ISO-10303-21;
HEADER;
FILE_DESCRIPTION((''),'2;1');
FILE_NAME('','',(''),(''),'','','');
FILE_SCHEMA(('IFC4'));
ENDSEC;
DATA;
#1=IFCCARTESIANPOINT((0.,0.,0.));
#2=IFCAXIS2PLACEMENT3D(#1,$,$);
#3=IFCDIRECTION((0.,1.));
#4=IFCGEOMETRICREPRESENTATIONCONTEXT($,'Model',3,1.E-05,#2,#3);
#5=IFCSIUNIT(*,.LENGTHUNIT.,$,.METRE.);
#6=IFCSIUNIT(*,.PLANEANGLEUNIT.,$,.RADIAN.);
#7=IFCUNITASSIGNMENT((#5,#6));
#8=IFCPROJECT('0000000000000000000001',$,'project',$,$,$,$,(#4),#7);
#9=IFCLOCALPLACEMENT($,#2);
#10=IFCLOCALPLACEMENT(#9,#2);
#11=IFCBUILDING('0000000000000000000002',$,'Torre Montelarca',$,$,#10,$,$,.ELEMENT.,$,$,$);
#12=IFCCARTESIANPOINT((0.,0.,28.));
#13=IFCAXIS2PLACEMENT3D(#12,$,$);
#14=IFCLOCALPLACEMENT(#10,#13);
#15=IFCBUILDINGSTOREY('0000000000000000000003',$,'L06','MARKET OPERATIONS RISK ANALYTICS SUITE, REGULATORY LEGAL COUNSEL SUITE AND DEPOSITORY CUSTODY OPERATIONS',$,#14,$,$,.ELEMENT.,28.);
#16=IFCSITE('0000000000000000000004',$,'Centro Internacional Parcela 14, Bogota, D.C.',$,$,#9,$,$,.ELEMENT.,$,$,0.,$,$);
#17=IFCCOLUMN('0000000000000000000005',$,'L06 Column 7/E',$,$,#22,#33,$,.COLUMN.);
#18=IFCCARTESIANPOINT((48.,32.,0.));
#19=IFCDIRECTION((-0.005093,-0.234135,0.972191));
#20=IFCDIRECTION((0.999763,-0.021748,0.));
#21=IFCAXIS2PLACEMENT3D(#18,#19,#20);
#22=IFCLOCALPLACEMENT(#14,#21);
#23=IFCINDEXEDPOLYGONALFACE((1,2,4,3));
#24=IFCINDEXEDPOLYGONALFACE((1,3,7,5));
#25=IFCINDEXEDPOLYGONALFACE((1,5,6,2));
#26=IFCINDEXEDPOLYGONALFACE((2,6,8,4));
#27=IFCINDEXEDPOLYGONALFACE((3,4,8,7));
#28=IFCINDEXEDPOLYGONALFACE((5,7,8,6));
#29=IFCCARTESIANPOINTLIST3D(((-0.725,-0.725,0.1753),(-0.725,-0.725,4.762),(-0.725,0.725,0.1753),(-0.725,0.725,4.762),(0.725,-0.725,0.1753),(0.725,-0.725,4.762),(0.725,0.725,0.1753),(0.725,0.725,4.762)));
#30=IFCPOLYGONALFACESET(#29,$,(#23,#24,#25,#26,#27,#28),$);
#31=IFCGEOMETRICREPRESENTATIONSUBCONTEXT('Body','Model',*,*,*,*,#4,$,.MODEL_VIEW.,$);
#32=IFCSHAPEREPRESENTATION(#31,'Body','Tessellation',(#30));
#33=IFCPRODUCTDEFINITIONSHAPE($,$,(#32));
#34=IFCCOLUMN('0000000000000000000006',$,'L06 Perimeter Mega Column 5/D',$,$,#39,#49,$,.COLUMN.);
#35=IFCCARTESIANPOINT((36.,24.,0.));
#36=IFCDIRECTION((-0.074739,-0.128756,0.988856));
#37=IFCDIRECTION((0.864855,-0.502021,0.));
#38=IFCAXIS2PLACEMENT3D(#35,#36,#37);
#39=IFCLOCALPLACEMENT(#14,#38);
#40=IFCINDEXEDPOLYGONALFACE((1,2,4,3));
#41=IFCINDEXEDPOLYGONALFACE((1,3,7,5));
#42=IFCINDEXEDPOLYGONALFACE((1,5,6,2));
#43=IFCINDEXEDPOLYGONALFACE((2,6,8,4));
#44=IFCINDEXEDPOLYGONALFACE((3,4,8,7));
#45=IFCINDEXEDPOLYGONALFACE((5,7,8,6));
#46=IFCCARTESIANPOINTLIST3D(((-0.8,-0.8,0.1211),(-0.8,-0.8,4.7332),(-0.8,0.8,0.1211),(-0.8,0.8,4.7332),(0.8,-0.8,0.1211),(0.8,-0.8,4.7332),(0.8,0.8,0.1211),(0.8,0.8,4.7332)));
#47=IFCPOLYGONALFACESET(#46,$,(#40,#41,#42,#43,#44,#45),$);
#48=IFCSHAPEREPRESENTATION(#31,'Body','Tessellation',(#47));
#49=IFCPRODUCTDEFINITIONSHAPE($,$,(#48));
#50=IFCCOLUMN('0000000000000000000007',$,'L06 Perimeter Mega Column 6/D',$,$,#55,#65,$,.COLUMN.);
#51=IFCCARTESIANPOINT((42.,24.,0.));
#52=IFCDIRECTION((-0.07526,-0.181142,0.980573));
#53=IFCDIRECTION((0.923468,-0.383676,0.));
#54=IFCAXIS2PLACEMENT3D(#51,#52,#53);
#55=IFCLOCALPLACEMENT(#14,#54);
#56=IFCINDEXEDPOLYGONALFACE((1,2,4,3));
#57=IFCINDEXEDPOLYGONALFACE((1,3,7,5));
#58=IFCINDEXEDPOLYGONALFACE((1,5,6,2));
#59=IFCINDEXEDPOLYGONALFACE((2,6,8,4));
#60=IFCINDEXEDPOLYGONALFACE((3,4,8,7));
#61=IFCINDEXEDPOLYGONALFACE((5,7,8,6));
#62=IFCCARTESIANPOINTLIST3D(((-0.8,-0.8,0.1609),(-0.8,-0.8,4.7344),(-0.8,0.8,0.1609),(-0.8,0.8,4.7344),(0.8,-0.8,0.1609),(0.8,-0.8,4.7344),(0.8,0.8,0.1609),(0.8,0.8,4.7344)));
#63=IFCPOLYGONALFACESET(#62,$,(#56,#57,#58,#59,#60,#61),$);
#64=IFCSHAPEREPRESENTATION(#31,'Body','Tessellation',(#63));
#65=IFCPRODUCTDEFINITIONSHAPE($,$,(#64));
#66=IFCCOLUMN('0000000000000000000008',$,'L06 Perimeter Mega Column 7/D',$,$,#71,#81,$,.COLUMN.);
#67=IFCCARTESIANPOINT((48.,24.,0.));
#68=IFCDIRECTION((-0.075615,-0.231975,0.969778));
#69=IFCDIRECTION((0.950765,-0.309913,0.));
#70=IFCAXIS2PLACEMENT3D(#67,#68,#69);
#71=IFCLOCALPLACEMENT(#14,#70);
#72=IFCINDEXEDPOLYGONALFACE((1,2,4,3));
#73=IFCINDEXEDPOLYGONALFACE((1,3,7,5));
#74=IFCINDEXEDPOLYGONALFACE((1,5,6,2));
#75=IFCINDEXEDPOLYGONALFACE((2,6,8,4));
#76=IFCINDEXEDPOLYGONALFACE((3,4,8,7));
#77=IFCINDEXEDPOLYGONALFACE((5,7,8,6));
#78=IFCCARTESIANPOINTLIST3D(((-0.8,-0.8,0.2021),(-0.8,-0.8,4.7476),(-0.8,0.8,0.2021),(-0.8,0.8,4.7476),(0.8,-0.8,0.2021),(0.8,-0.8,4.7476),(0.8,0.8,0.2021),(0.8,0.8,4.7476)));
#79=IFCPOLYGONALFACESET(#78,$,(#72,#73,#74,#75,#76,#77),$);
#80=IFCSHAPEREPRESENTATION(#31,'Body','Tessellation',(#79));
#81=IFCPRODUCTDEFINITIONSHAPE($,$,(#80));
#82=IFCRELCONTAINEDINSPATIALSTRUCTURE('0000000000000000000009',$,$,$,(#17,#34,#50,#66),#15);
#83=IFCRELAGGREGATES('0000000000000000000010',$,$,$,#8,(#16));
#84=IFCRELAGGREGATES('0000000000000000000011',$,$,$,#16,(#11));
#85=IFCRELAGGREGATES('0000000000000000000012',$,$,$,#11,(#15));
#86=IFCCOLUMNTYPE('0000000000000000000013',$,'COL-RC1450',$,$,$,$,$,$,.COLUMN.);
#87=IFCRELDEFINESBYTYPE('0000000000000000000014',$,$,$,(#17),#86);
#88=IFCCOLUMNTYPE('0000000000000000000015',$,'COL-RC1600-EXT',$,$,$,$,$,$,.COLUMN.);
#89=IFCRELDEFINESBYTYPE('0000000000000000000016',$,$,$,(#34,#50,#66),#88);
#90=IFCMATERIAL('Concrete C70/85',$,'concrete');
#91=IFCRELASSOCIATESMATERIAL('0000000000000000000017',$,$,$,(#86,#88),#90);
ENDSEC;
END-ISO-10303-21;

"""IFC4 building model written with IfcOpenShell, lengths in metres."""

from ifc_helpers import new_model, si_unit, direction, frame, origin, origin_2d, place, context, subcontext, project, spatial, rectangle, extrude, clip, halfspace, material, material_profile, profile_set, type_object, element, save


model = new_model("IFC4")

# Units and contexts
model_context = context("Model", 3, precision=1e-05, world=origin(), true_north=direction((0.0, 1.0)))
body_context = subcontext(model_context, "Body", "Model", "MODEL_VIEW")
ifc_project = project(units=[si_unit("LENGTHUNIT", "METRE"), si_unit("PLANEANGLEUNIT", "RADIAN")], contexts=[model_context])

# Site, building, storey
site_placement = place(None, origin())
site = spatial("IfcSite", under=ifc_project, at=site_placement, Name="Centro Internacional Parcela 14, Bogota, D.C.", CompositionType="ELEMENT", RefElevation=0.0)
building_placement = place(site_placement, origin())
building = spatial("IfcBuilding", under=site, at=building_placement, Name="Torre Montelarca", CompositionType="ELEMENT")
storey_placement = place(building_placement, frame((0.0, 0.0, 28.0)))
storey = spatial("IfcBuildingStorey", under=building, at=storey_placement, Name="L06", Description="MARKET OPERATIONS RISK ANALYTICS SUITE, REGULATORY LEGAL COUNSEL SUITE AND DEPOSITORY CUSTODY OPERATIONS", CompositionType="ELEMENT", Elevation=28.0)

# Columns
ifc_material_1 = material(Name="Concrete C70/85", Category="concrete")
ifc_material_profile_1 = material_profile(ifc_material_1, rectangle(XDim=1.45, YDim=1.45, at=origin_2d()), Name="RC1450X1450", Category="concrete")
ifc_profile_set_1 = profile_set([ifc_material_profile_1], Name="Concrete C70/85")
column_type_1 = type_object("IfcColumnType", Name="COL-RC1450", PredefinedType="COLUMN", material=ifc_profile_set_1)
column_1_placement = place(storey_placement, frame((48.0, 32.0, 0.0), z_axis=(-0.005093, -0.234135, 0.972191), x_axis=(0.999763, -0.021748, 0.0)))
element("IfcColumn", 1, at=column_1_placement, inside=storey, type_object=column_type_1, Name="L06 Column 7/E", PredefinedType="COLUMN", context=body_context, shape_type="Clipping", body=[
    clip(clip(extrude(rectangle(XDim=1.45, YDim=1.45, at=origin_2d()), origin(), (0.0, 0.0, 1.0), 4.9373), halfspace(frame((0.0, 0.0, 0.1753), z_axis=(0.0, 0.0, -1.0), x_axis=(1.0, 0.0, 0.0)), False)), halfspace(frame((0.0, 0.0, 4.762), z_axis=(0.0, 0.0, 1.0), x_axis=(1.0, 0.0, 0.0)), False)),
])
ifc_material_profile_2 = material_profile(ifc_material_1, rectangle(XDim=1.6001, YDim=1.6001, at=origin_2d()), Name="RC1600X1600", Category="concrete")
ifc_profile_set_2 = profile_set([ifc_material_profile_2], Name="Concrete C70/85")
column_type_2 = type_object("IfcColumnType", Name="COL-RC1600-EXT", PredefinedType="COLUMN", material=ifc_profile_set_2)
column_2_placement = place(storey_placement, frame((36.0, 24.0, 0.0), z_axis=(-0.074739, -0.128756, 0.988856), x_axis=(0.864855, -0.502021, 0.0)))
element("IfcColumn", 2, at=column_2_placement, inside=storey, type_object=column_type_2, Name="L06 Perimeter Mega Column 5/D", PredefinedType="COLUMN", context=body_context, shape_type="Clipping", body=[
    clip(clip(extrude(rectangle(XDim=1.6001, YDim=1.6001, at=origin_2d()), origin(), (0.0, 0.0, 1.0), 4.8542), halfspace(frame((0.0, 0.0, 0.1211), z_axis=(0.0, 0.0, -1.0), x_axis=(1.0, 0.0, 0.0)), False)), halfspace(frame((0.0, 0.0, 4.7332), z_axis=(0.0, 0.0, 1.0), x_axis=(1.0, 0.0, 0.0)), False)),
])
column_3_placement = place(storey_placement, frame((42.0, 24.0, 0.0), z_axis=(-0.07526, -0.181142, 0.980573), x_axis=(0.923468, -0.383676, 0.0)))
element("IfcColumn", 3, at=column_3_placement, inside=storey, type_object=column_type_2, Name="L06 Perimeter Mega Column 6/D", PredefinedType="COLUMN", context=body_context, shape_type="Clipping", body=[
    clip(clip(extrude(rectangle(XDim=1.6001, YDim=1.6001, at=origin_2d()), origin(), (0.0, 0.0, 1.0), 4.8953), halfspace(frame((0.0, 0.0, 0.1609), z_axis=(0.0, 0.0, -1.0), x_axis=(1.0, 0.0, 0.0)), False)), halfspace(frame((0.0, 0.0, 4.7344), z_axis=(0.0, 0.0, 1.0), x_axis=(1.0, 0.0, 0.0)), False)),
])
column_4_placement = place(storey_placement, frame((48.0, 24.0, 0.0), z_axis=(-0.075615, -0.231975, 0.969778), x_axis=(0.950765, -0.309913, 0.0)))
element("IfcColumn", 4, at=column_4_placement, inside=storey, type_object=column_type_2, Name="L06 Perimeter Mega Column 7/D", PredefinedType="COLUMN", context=body_context, shape_type="Clipping", body=[
    clip(clip(extrude(rectangle(XDim=1.6001, YDim=1.6001, at=origin_2d()), origin(), (0.0, 0.0, 1.0), 4.9497), halfspace(frame((0.0, 0.0, 0.2021), z_axis=(0.0, 0.0, -1.0), x_axis=(1.0, 0.0, 0.0)), False)), halfspace(frame((0.0, 0.0, 4.7476), z_axis=(0.0, 0.0, 1.0), x_axis=(1.0, 0.0, 0.0)), False)),
])

save(model, "model.ifc")
